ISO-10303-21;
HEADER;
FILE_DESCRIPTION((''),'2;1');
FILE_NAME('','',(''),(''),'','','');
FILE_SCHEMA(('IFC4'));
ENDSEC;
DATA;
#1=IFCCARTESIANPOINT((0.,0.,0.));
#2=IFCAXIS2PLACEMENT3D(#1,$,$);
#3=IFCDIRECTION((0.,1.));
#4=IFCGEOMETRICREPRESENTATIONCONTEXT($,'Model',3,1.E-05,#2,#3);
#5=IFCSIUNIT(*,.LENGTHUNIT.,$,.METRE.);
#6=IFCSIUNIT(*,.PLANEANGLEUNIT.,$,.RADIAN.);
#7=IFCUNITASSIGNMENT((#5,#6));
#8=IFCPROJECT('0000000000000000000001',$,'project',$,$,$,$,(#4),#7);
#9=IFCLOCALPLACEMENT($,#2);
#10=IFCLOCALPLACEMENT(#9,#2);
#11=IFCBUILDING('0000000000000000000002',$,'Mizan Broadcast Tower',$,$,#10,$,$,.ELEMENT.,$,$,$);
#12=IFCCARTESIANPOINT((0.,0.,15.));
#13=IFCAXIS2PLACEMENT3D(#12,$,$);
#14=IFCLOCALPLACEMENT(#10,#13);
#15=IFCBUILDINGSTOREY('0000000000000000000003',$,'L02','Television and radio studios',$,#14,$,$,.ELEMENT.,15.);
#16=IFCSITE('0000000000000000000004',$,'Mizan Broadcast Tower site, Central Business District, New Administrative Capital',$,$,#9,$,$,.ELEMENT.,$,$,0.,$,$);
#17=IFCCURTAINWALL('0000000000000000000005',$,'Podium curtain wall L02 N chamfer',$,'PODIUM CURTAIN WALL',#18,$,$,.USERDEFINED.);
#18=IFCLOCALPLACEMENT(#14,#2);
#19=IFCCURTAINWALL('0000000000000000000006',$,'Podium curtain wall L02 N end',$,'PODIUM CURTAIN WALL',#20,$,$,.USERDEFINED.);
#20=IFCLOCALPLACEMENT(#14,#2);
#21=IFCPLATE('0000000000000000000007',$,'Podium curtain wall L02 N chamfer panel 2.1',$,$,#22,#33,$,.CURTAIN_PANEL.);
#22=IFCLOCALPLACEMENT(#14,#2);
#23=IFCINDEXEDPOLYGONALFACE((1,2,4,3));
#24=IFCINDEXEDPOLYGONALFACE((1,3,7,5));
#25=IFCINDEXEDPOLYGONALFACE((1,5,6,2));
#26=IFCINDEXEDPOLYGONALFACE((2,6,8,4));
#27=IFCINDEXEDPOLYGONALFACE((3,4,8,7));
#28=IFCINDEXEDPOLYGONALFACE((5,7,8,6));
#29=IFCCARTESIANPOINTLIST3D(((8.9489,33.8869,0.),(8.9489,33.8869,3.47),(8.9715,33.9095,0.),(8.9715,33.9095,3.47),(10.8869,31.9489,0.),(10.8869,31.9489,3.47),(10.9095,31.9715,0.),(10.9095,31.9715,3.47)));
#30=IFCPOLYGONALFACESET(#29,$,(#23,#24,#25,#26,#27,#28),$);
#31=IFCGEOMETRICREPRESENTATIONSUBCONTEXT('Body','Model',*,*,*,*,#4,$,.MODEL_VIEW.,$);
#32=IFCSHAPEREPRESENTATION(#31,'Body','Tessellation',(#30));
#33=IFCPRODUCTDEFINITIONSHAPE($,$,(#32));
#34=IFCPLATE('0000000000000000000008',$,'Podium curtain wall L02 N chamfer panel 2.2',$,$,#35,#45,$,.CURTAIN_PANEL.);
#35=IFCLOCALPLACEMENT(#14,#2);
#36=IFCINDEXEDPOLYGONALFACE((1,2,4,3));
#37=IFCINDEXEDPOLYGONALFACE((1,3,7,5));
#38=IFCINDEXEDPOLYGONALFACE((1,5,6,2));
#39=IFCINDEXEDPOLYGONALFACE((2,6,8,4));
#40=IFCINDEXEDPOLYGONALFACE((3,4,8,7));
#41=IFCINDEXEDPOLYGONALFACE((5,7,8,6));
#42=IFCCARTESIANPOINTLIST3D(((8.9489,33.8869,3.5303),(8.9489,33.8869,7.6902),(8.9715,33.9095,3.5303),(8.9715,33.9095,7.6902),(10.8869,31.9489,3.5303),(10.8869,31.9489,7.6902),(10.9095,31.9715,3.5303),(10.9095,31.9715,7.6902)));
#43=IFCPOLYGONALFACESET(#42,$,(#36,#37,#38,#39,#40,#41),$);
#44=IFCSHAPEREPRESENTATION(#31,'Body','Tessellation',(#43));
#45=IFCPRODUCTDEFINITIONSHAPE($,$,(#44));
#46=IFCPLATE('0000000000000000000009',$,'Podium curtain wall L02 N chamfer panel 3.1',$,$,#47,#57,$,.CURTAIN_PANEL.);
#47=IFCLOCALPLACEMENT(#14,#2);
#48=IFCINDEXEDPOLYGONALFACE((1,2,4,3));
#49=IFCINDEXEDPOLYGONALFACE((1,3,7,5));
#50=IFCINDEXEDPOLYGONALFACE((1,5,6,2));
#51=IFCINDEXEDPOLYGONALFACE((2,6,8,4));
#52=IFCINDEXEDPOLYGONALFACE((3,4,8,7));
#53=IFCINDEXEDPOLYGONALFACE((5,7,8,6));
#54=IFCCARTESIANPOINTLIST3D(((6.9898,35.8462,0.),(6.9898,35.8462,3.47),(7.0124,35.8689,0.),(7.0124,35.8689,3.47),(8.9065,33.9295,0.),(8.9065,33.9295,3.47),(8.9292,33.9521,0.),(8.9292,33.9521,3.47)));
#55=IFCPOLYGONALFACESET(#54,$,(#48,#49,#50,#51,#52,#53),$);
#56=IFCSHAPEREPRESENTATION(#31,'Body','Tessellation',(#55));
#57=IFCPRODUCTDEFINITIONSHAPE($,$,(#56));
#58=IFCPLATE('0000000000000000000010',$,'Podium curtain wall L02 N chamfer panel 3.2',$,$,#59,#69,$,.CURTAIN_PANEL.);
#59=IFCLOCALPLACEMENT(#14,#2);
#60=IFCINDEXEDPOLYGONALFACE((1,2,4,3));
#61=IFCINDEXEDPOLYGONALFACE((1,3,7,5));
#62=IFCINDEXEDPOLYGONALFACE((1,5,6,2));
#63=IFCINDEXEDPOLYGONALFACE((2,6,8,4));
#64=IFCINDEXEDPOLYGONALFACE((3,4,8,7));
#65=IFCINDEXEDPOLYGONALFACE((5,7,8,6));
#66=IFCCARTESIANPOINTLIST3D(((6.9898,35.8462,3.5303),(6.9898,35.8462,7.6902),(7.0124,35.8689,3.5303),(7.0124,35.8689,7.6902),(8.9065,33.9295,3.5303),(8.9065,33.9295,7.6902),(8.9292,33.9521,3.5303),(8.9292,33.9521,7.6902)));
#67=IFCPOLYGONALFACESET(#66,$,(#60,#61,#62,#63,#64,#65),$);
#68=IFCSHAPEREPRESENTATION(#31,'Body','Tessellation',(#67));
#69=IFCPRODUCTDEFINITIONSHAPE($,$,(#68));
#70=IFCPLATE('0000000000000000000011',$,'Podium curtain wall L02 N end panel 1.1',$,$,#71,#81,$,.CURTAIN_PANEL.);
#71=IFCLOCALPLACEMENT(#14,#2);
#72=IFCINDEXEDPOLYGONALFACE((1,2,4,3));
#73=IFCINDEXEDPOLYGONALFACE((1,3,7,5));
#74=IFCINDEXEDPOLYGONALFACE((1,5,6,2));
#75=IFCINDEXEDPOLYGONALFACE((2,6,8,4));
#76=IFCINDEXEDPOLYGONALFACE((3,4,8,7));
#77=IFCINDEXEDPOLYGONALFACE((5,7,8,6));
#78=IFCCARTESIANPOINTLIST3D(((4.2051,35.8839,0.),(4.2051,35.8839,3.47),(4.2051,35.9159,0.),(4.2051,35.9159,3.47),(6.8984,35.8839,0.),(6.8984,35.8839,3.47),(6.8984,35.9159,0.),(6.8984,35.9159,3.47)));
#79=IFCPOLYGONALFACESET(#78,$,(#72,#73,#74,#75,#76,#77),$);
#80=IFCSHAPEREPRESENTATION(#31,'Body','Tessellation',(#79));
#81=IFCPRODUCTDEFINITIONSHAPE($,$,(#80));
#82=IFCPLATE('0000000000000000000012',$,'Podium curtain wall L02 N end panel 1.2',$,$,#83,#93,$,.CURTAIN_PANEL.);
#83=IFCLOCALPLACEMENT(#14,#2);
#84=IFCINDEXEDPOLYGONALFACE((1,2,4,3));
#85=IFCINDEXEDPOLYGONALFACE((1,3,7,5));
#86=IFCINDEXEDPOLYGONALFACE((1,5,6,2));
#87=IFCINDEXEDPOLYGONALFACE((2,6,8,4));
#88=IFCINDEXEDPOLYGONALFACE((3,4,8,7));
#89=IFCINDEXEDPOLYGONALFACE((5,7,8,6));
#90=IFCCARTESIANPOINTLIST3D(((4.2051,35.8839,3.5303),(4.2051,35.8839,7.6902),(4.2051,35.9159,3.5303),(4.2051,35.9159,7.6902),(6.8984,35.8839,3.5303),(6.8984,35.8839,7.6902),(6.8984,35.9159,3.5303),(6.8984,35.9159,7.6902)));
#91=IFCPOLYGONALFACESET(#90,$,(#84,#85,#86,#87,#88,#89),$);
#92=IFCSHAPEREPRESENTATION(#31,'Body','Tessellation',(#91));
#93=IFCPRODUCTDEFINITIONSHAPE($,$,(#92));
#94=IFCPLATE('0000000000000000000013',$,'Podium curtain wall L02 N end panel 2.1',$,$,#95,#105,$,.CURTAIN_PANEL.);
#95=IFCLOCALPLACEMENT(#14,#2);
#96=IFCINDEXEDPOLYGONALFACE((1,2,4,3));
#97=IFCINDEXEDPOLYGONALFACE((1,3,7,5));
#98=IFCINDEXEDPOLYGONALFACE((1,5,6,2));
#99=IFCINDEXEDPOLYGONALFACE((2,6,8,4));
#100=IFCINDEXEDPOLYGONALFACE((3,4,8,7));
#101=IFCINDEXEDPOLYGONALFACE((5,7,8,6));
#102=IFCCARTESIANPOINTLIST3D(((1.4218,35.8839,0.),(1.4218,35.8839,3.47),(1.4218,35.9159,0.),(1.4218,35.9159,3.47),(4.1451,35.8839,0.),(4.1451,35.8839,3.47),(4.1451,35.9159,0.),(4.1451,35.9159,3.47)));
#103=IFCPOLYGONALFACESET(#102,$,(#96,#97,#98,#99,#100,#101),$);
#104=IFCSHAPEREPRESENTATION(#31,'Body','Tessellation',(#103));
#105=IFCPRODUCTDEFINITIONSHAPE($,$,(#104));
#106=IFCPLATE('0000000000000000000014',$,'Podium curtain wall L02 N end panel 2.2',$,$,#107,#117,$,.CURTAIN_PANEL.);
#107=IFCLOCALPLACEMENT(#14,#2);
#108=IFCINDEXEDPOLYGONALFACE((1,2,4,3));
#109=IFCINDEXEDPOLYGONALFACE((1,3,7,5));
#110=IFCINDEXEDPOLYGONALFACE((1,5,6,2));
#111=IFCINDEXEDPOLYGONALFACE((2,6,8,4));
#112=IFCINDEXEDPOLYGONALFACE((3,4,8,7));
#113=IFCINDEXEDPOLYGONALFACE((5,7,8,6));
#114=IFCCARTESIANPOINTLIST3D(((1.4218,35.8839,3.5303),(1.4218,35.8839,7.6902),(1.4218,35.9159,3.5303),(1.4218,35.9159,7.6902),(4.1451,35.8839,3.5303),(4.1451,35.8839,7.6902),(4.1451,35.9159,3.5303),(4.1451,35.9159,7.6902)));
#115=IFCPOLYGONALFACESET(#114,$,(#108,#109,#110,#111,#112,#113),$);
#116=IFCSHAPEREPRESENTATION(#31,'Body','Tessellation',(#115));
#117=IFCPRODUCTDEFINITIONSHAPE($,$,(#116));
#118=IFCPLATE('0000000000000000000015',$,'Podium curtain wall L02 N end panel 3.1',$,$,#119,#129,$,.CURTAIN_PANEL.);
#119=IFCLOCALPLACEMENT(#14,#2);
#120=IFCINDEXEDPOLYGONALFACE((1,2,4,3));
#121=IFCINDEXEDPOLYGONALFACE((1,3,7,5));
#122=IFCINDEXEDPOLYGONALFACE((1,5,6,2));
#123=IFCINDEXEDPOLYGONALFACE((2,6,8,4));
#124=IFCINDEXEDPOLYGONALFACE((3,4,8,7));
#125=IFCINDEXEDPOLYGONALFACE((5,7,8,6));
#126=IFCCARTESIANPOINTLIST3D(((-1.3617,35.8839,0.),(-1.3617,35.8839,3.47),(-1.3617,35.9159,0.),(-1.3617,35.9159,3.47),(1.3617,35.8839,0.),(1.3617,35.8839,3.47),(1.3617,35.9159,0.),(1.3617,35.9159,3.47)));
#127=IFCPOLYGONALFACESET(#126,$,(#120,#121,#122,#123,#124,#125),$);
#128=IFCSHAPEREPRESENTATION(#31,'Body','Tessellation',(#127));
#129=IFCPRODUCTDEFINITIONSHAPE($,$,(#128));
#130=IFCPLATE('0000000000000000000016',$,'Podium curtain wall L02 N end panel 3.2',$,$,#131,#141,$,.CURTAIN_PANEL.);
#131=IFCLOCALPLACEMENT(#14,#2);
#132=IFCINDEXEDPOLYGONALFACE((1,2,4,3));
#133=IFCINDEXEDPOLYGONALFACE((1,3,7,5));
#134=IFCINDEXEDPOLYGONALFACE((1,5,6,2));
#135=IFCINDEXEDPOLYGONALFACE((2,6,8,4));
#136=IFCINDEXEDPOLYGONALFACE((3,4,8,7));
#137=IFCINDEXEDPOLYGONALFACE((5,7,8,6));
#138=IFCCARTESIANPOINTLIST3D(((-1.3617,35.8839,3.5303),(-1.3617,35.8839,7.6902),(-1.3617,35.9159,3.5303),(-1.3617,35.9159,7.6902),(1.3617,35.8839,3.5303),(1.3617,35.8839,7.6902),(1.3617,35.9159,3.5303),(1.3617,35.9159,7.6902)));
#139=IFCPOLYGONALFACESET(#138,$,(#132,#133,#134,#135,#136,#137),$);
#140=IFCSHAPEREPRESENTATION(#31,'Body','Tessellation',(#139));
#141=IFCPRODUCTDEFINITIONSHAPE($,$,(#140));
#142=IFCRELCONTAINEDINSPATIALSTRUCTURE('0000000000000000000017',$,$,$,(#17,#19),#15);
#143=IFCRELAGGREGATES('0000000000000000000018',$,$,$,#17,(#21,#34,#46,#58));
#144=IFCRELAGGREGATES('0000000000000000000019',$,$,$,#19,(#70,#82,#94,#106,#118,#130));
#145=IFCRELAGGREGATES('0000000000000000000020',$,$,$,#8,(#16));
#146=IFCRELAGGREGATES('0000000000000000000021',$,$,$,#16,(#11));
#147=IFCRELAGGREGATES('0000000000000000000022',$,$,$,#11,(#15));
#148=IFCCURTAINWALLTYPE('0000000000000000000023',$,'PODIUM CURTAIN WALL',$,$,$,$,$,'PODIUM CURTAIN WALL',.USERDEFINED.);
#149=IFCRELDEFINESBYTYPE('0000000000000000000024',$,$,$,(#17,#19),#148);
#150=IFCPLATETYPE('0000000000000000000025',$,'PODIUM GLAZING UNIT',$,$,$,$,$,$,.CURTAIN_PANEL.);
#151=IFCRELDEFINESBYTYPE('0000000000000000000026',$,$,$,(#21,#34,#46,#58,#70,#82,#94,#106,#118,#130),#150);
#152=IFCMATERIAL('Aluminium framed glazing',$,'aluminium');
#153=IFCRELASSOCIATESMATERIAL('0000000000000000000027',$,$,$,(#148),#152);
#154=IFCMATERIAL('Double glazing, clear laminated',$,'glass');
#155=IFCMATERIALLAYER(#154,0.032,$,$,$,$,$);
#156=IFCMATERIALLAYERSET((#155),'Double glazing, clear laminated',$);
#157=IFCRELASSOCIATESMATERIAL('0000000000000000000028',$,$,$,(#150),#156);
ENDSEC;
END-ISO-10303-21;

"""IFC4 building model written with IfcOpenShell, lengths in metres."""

from ifc_helpers import new_model, si_unit, direction, frame, origin, origin_2d, place, context, subcontext, project, spatial, rectangle, extrude, material, layer, layer_set, type_object, element, aggregate, save


model = new_model("IFC4")

# Units and contexts
model_context = context("Model", 3, precision=1e-05, world=origin(), true_north=direction((0.0, 1.0)))
body_context = subcontext(model_context, "Body", "Model", "MODEL_VIEW")
ifc_project = project(units=[si_unit("LENGTHUNIT", "METRE"), si_unit("PLANEANGLEUNIT", "RADIAN")], contexts=[model_context])

# Site, building, storey
site_placement = place(None, origin())
site = spatial("IfcSite", under=ifc_project, at=site_placement, Name="Mizan Broadcast Tower site, Central Business District, New Administrative Capital", CompositionType="ELEMENT", RefElevation=0.0)
building_placement = place(site_placement, origin())
building = spatial("IfcBuilding", under=site, at=building_placement, Name="Mizan Broadcast Tower", CompositionType="ELEMENT")
storey_placement = place(building_placement, frame((0.0, 0.0, 15.0)))
storey = spatial("IfcBuildingStorey", under=building, at=storey_placement, Name="L02", Description="Television and radio studios", CompositionType="ELEMENT", Elevation=15.0)

# Curtain walls
ifc_material_1 = material(Name="Aluminium framed glazing", Category="aluminium")
curtain_wall_type_1 = type_object("IfcCurtainWallType", Name="PODIUM CURTAIN WALL", ElementType="PODIUM CURTAIN WALL", PredefinedType="USERDEFINED", material=ifc_material_1)
curtain_wall_1_placement = place(storey_placement, origin())
curtain_wall_1 = element("IfcCurtainWall", 1, at=curtain_wall_1_placement, inside=storey, type_object=curtain_wall_type_1, Name="Podium curtain wall L02 N chamfer", ObjectType="PODIUM CURTAIN WALL", PredefinedType="USERDEFINED")
curtain_wall_2_placement = place(storey_placement, origin())
curtain_wall_2 = element("IfcCurtainWall", 2, at=curtain_wall_2_placement, inside=storey, type_object=curtain_wall_type_1, Name="Podium curtain wall L02 N end", ObjectType="PODIUM CURTAIN WALL", PredefinedType="USERDEFINED")

# Plates
ifc_material_2 = material(Name="Double glazing, clear laminated", Category="glass")
ifc_layer_1 = layer(ifc_material_2, 0.032)
ifc_layer_set_1 = layer_set([ifc_layer_1], Name="Double glazing, clear laminated")
plate_type_1 = type_object("IfcPlateType", Name="PODIUM GLAZING UNIT", PredefinedType="CURTAIN_PANEL", material=ifc_layer_set_1)
plate_1_placement = place(storey_placement, frame((9.9292, 32.9292, 0.0), z_axis=(0.0, 0.0, 1.0), x_axis=(-0.707107, 0.707107, 0.0)))
plate_1 = element("IfcPlate", 3, at=plate_1_placement, type_object=plate_type_1, Name="Podium curtain wall L02 N chamfer panel 2.1", PredefinedType="CURTAIN_PANEL", context=body_context, shape_type="SweptSolid", body=[
    extrude(rectangle(XDim=2.7407, YDim=0.032, at=origin_2d()), origin(), (0.0, 0.0, 1.0), 3.47),
])
plate_2_placement = place(storey_placement, frame((9.9292, 32.9292, 3.5303), z_axis=(0.0, 0.0, 1.0), x_axis=(-0.707107, 0.707107, 0.0)))
plate_2 = element("IfcPlate", 4, at=plate_2_placement, type_object=plate_type_1, Name="Podium curtain wall L02 N chamfer panel 2.2", PredefinedType="CURTAIN_PANEL", context=body_context, shape_type="SweptSolid", body=[
    extrude(rectangle(XDim=2.7407, YDim=0.032, at=origin_2d()), origin(), (0.0, 0.0, 1.0), 4.1599),
])
plate_3_placement = place(storey_placement, frame((7.9595, 34.8992, 0.0), z_axis=(0.0, 0.0, 1.0), x_axis=(-0.707107, 0.707107, 0.0)))
plate_3 = element("IfcPlate", 5, at=plate_3_placement, type_object=plate_type_1, Name="Podium curtain wall L02 N chamfer panel 3.1", PredefinedType="CURTAIN_PANEL", context=body_context, shape_type="SweptSolid", body=[
    extrude(rectangle(XDim=2.7107, YDim=0.032, at=origin_2d()), origin(), (0.0, 0.0, 1.0), 3.47),
])
plate_4_placement = place(storey_placement, frame((7.9595, 34.8992, 3.5303), z_axis=(0.0, 0.0, 1.0), x_axis=(-0.707107, 0.707107, 0.0)))
plate_4 = element("IfcPlate", 6, at=plate_4_placement, type_object=plate_type_1, Name="Podium curtain wall L02 N chamfer panel 3.2", PredefinedType="CURTAIN_PANEL", context=body_context, shape_type="SweptSolid", body=[
    extrude(rectangle(XDim=2.7107, YDim=0.032, at=origin_2d()), origin(), (0.0, 0.0, 1.0), 4.1599),
])
aggregate(curtain_wall_1, [plate_1, plate_2, plate_3, plate_4])
plate_5_placement = place(storey_placement, frame((5.5518, 35.8999, 0.0), z_axis=(0.0, 0.0, 1.0), x_axis=(-1.0, 0.0, 0.0)))
plate_5 = element("IfcPlate", 7, at=plate_5_placement, type_object=plate_type_1, Name="Podium curtain wall L02 N end panel 1.1", PredefinedType="CURTAIN_PANEL", context=body_context, shape_type="SweptSolid", body=[
    extrude(rectangle(XDim=2.6934, YDim=0.032, at=origin_2d()), origin(), (0.0, 0.0, 1.0), 3.47),
])
plate_6_placement = place(storey_placement, frame((5.5518, 35.8999, 3.5303), z_axis=(0.0, 0.0, 1.0), x_axis=(-1.0, 0.0, 0.0)))
plate_6 = element("IfcPlate", 8, at=plate_6_placement, type_object=plate_type_1, Name="Podium curtain wall L02 N end panel 1.2", PredefinedType="CURTAIN_PANEL", context=body_context, shape_type="SweptSolid", body=[
    extrude(rectangle(XDim=2.6934, YDim=0.032, at=origin_2d()), origin(), (0.0, 0.0, 1.0), 4.1599),
])
plate_7_placement = place(storey_placement, frame((2.7834, 35.8999, 0.0), z_axis=(0.0, 0.0, 1.0), x_axis=(-1.0, 0.0, 0.0)))
plate_7 = element("IfcPlate", 9, at=plate_7_placement, type_object=plate_type_1, Name="Podium curtain wall L02 N end panel 2.1", PredefinedType="CURTAIN_PANEL", context=body_context, shape_type="SweptSolid", body=[
    extrude(rectangle(XDim=2.7234, YDim=0.032, at=origin_2d()), origin(), (0.0, 0.0, 1.0), 3.47),
])
plate_8_placement = place(storey_placement, frame((2.7834, 35.8999, 3.5303), z_axis=(0.0, 0.0, 1.0), x_axis=(-1.0, 0.0, 0.0)))
plate_8 = element("IfcPlate", 10, at=plate_8_placement, type_object=plate_type_1, Name="Podium curtain wall L02 N end panel 2.2", PredefinedType="CURTAIN_PANEL", context=body_context, shape_type="SweptSolid", body=[
    extrude(rectangle(XDim=2.7234, YDim=0.032, at=origin_2d()), origin(), (0.0, 0.0, 1.0), 4.1599),
])
plate_9_placement = place(storey_placement, frame((0.0, 35.8999, 0.0), z_axis=(0.0, 0.0, 1.0), x_axis=(-1.0, 0.0, 0.0)))
plate_9 = element("IfcPlate", 11, at=plate_9_placement, type_object=plate_type_1, Name="Podium curtain wall L02 N end panel 3.1", PredefinedType="CURTAIN_PANEL", context=body_context, shape_type="SweptSolid", body=[
    extrude(rectangle(XDim=2.7234, YDim=0.032, at=origin_2d()), origin(), (0.0, 0.0, 1.0), 3.47),
])
plate_10_placement = place(storey_placement, frame((0.0, 35.8999, 3.5303), z_axis=(0.0, 0.0, 1.0), x_axis=(-1.0, 0.0, 0.0)))
plate_10 = element("IfcPlate", 12, at=plate_10_placement, type_object=plate_type_1, Name="Podium curtain wall L02 N end panel 3.2", PredefinedType="CURTAIN_PANEL", context=body_context, shape_type="SweptSolid", body=[
    extrude(rectangle(XDim=2.7234, YDim=0.032, at=origin_2d()), origin(), (0.0, 0.0, 1.0), 4.1599),
])
aggregate(curtain_wall_2, [plate_5, plate_6, plate_7, plate_8, plate_9, plate_10])

save(model, "model.ifc")
